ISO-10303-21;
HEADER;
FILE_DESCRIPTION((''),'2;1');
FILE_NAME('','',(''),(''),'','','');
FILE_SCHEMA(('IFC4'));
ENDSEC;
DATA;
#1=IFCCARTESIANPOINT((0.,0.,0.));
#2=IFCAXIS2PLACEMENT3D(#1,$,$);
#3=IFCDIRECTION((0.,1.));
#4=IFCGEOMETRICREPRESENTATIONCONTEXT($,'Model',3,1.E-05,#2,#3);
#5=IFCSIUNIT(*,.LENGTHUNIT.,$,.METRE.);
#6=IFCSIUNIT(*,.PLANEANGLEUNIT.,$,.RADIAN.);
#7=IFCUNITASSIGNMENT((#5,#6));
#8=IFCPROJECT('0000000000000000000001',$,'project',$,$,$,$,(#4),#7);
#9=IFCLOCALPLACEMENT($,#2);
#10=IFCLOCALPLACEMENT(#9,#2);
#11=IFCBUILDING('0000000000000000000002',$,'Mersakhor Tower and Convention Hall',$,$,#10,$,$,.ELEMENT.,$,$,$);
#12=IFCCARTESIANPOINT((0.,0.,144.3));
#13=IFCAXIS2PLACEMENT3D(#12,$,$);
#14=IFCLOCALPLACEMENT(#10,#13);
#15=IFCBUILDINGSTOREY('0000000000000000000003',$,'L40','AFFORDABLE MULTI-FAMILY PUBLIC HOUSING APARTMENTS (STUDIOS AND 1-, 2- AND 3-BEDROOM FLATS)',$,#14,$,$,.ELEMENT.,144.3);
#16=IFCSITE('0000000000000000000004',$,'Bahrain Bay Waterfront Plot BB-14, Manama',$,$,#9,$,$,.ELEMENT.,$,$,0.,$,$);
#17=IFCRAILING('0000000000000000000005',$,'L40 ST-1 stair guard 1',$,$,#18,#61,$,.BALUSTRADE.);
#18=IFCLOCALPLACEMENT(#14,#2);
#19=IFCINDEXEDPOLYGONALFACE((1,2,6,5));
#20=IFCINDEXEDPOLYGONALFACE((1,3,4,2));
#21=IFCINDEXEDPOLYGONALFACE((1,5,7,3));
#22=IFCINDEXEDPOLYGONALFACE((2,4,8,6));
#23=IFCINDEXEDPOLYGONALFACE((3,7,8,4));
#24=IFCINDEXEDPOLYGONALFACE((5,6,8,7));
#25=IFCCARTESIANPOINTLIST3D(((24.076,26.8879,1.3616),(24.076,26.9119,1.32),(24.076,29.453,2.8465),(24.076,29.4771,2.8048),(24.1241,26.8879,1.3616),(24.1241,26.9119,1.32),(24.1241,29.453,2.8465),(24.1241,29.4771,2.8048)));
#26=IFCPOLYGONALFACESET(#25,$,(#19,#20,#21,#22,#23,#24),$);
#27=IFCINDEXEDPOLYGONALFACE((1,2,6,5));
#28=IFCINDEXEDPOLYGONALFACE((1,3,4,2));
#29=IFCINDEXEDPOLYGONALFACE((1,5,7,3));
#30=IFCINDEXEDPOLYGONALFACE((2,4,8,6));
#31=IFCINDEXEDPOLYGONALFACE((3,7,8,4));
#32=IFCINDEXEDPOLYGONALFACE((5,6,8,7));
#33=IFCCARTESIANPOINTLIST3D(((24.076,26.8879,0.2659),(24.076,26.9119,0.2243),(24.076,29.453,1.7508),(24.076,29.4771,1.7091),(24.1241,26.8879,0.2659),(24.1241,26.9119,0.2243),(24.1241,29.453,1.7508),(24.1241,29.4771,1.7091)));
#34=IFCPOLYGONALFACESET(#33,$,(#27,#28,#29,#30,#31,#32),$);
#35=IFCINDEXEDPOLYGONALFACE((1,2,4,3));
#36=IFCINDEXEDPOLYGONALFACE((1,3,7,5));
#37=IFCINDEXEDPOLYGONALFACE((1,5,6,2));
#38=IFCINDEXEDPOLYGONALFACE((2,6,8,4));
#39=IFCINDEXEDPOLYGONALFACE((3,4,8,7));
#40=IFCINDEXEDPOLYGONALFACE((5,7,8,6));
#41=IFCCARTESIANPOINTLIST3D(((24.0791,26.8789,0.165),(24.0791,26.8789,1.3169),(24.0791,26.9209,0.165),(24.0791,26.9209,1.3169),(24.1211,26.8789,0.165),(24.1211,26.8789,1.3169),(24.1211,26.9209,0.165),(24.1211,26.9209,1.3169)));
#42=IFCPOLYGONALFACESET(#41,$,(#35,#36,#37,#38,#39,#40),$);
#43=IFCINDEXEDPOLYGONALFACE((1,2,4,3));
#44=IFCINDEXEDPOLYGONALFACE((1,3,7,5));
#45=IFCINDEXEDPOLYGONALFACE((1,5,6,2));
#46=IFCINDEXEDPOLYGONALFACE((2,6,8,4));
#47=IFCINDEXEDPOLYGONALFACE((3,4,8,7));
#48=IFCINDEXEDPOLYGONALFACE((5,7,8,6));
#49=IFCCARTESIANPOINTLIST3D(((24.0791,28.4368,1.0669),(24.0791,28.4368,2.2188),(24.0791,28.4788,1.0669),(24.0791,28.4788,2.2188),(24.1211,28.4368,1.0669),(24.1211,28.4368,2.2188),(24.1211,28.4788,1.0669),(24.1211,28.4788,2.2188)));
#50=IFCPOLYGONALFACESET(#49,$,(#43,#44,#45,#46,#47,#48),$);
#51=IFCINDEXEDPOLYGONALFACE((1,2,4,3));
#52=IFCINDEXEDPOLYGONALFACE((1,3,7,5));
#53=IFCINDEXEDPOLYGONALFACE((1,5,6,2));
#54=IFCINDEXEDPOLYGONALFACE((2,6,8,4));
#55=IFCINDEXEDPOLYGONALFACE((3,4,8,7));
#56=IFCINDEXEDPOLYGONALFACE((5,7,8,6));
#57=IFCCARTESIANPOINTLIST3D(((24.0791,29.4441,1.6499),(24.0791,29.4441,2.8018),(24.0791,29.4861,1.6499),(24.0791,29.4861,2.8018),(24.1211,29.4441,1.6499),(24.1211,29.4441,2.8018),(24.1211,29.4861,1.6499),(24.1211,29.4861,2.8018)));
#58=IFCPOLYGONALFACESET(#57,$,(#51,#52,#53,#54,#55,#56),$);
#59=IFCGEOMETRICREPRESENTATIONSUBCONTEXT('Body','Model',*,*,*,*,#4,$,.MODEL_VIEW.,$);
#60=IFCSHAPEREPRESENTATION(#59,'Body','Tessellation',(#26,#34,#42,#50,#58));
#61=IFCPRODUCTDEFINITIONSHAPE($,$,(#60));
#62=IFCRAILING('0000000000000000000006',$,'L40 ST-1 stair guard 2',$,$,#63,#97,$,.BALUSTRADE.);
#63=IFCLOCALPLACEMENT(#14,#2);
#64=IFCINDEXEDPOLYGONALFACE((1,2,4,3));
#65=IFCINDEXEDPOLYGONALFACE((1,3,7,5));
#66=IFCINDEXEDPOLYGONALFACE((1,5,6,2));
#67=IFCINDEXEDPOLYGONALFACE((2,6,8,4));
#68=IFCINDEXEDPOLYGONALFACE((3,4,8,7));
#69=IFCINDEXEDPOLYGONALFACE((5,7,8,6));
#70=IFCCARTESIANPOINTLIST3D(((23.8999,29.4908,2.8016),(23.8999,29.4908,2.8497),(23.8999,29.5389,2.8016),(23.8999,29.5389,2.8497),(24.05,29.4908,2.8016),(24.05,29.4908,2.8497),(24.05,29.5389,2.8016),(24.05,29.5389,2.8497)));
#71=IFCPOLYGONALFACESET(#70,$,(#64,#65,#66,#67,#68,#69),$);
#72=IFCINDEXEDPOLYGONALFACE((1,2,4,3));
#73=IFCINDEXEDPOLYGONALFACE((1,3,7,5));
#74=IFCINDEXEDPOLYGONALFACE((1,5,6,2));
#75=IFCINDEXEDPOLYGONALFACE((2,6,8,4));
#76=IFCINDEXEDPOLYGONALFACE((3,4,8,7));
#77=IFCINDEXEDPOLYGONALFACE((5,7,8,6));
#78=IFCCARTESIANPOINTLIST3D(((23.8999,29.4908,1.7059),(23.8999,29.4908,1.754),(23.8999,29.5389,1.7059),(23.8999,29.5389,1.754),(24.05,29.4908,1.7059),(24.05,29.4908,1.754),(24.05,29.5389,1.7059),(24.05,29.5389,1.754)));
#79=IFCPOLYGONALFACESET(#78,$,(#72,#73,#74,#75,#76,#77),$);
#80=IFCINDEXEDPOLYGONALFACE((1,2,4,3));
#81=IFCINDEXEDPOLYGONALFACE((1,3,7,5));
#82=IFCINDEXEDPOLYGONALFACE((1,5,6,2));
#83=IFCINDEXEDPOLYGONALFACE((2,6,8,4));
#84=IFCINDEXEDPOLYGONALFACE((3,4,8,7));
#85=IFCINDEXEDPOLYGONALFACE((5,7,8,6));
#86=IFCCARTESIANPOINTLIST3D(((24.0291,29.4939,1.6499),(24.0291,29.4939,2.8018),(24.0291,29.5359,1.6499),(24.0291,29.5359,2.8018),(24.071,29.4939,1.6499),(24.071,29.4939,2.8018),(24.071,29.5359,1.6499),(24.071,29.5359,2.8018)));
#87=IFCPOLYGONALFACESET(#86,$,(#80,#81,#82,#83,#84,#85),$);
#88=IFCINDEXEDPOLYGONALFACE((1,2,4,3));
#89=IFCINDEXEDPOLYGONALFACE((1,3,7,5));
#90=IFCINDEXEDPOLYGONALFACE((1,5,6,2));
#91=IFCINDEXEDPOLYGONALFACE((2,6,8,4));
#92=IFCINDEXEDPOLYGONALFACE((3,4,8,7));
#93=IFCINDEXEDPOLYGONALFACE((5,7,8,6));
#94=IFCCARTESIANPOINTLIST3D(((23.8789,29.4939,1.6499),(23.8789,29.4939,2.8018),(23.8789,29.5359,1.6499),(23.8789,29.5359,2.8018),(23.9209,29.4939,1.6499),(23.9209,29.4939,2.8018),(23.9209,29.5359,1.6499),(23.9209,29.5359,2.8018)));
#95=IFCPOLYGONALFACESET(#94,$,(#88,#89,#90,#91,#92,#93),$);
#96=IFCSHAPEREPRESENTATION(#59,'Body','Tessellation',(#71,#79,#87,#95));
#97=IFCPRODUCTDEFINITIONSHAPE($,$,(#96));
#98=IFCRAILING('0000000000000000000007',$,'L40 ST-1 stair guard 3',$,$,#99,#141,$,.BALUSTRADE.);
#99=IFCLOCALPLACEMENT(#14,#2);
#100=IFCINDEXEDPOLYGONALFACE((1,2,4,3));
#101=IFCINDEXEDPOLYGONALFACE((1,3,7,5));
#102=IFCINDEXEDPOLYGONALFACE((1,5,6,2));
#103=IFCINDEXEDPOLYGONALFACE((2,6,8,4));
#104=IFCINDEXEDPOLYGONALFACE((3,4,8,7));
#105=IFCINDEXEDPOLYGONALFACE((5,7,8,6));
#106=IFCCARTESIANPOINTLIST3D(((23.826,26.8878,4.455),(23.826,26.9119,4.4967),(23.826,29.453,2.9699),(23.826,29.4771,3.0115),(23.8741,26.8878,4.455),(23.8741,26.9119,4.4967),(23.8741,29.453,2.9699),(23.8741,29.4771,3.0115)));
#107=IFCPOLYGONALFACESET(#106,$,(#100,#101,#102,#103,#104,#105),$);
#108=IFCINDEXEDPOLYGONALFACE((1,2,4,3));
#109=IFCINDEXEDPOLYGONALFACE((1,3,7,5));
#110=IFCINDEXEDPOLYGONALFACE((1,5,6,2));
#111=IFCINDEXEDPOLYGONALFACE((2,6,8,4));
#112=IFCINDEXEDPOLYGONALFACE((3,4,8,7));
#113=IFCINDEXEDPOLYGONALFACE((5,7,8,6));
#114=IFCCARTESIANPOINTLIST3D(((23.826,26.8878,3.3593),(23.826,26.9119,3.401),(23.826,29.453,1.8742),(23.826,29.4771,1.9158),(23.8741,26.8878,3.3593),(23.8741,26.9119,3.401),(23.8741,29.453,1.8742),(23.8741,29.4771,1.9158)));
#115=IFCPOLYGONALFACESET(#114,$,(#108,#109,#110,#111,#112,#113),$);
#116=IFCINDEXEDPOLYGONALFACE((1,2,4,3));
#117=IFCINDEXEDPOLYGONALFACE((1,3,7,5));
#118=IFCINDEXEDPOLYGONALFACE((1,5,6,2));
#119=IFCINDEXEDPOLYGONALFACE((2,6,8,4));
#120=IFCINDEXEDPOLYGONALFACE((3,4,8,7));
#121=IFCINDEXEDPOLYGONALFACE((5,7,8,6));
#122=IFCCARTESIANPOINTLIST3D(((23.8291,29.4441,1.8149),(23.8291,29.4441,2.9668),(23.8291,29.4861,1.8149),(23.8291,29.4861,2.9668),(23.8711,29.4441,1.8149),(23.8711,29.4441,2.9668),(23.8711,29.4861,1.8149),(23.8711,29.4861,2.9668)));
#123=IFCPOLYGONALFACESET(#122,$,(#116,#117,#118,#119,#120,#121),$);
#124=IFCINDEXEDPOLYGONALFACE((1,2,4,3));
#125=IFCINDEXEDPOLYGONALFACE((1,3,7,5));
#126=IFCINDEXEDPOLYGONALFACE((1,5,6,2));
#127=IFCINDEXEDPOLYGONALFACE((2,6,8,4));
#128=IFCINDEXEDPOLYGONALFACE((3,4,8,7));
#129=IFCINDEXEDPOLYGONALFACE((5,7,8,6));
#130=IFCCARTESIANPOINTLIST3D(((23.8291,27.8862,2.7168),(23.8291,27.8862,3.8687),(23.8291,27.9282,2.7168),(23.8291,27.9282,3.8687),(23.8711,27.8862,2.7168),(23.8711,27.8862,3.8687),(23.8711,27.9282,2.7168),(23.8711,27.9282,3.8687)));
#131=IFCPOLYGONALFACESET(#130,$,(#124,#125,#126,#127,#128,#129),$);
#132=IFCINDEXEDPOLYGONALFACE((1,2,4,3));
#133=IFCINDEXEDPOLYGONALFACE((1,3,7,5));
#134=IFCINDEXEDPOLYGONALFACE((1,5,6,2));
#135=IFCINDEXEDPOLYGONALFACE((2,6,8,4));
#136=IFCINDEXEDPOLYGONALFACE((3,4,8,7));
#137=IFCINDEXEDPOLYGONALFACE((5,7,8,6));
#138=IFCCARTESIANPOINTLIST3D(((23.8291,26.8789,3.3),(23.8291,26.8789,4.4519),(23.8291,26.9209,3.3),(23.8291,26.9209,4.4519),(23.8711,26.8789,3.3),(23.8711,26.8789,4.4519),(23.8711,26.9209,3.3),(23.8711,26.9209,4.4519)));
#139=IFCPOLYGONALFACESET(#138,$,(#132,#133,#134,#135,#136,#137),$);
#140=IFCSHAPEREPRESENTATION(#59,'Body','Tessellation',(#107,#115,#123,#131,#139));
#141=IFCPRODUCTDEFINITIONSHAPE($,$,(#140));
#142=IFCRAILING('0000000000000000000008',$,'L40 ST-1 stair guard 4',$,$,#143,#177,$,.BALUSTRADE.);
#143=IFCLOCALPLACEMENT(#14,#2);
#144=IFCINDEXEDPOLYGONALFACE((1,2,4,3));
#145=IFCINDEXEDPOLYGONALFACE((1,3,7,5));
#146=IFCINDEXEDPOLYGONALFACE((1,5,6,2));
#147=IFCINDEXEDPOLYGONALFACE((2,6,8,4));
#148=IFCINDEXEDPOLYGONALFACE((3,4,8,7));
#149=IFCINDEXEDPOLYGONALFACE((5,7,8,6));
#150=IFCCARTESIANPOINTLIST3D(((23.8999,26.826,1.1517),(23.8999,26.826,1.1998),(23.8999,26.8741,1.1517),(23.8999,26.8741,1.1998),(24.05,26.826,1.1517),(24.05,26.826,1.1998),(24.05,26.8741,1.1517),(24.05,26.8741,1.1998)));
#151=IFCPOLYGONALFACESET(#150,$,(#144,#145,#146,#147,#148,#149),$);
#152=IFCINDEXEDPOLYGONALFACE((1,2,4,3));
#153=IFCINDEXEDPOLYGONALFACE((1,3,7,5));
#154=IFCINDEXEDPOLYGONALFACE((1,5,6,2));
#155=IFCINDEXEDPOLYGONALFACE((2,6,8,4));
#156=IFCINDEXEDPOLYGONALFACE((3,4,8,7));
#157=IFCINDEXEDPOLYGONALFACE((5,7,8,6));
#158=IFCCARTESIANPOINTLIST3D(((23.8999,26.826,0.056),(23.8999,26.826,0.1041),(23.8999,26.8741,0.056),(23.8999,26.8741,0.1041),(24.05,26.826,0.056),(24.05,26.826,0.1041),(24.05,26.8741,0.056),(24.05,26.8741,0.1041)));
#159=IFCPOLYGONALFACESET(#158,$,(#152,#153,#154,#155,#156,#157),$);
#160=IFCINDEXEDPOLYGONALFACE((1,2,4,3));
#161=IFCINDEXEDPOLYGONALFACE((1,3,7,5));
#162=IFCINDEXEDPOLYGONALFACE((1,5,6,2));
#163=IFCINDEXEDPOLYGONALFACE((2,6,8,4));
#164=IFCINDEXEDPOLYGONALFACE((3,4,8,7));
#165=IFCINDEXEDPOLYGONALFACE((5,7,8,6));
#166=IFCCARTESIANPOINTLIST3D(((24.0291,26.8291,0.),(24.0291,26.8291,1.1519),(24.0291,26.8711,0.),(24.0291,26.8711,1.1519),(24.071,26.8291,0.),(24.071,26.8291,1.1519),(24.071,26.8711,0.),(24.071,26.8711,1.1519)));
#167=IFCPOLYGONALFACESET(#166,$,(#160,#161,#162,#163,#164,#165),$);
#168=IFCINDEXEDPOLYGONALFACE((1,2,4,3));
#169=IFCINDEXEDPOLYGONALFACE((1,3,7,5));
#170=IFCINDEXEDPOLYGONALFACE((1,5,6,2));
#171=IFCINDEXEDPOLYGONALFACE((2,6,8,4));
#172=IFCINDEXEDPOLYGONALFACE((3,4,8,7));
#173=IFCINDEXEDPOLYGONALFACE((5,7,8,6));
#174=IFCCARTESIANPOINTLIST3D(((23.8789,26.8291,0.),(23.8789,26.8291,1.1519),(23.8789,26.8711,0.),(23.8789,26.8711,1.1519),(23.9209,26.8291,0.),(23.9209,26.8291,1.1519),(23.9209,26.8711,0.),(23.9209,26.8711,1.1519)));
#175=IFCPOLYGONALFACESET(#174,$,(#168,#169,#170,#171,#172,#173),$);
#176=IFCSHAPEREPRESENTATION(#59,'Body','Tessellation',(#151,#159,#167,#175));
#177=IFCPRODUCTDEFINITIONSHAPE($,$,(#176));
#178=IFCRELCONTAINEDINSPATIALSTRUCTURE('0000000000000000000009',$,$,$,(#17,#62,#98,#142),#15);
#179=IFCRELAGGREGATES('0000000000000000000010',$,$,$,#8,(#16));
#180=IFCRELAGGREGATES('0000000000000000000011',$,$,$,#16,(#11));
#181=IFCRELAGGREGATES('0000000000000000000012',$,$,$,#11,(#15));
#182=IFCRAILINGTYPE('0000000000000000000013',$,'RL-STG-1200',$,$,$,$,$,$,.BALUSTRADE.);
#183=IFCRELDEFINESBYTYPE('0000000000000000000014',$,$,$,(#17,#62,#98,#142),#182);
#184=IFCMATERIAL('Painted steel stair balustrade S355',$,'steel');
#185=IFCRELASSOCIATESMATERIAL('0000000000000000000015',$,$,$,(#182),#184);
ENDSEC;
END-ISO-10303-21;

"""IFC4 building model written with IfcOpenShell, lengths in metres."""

from ifc_helpers import new_model, si_unit, direction, frame, origin, origin_2d, place, context, subcontext, project, spatial, rectangle, extrude, material, type_object, element, save


model = new_model("IFC4")

# Units and contexts
model_context = context("Model", 3, precision=1e-05, world=origin(), true_north=direction((0.0, 1.0)))
body_context = subcontext(model_context, "Body", "Model", "MODEL_VIEW")
ifc_project = project(units=[si_unit("LENGTHUNIT", "METRE"), si_unit("PLANEANGLEUNIT", "RADIAN")], contexts=[model_context])

# Site, building, storey
site_placement = place(None, origin())
site = spatial("IfcSite", under=ifc_project, at=site_placement, Name="Bahrain Bay Waterfront Plot BB-14, Manama", CompositionType="ELEMENT", RefElevation=0.0)
building_placement = place(site_placement, origin())
building = spatial("IfcBuilding", under=site, at=building_placement, Name="Mersakhor Tower and Convention Hall", CompositionType="ELEMENT")
storey_placement = place(building_placement, frame((0.0, 0.0, 144.3)))
storey = spatial("IfcBuildingStorey", under=building, at=storey_placement, Name="L40", Description="AFFORDABLE MULTI-FAMILY PUBLIC HOUSING APARTMENTS (STUDIOS AND 1-, 2- AND 3-BEDROOM FLATS)", CompositionType="ELEMENT", Elevation=144.3)

# Railings
ifc_material_1 = material(Name="Painted steel stair balustrade S355", Category="steel")
railing_type_1 = type_object("IfcRailingType", Name="RL-STG-1200", PredefinedType="BALUSTRADE", material=ifc_material_1)
railing_1_placement = place(storey_placement, frame((24.1001, 26.8999, 0.165)))
element("IfcRailing", 1, at=railing_1_placement, inside=storey, type_object=railing_type_1, Name="L40 ST-1 stair guard 1", PredefinedType="BALUSTRADE", context=body_context, shape_type="SweptSolid", body=[
    extrude(rectangle(XDim=0.0481, YDim=0.0481, at=origin_2d()), frame((0.0, 0.0, 1.1758), z_axis=(0.0, 0.865462, 0.500975), x_axis=(-1.0, 0.0, 0.0)), (0.0, 0.0, 1.0), 2.9639),
    extrude(rectangle(XDim=0.0481, YDim=0.0481, at=origin_2d()), frame((0.0, 0.0, 0.0801), z_axis=(0.0, 0.865462, 0.500975), x_axis=(-1.0, 0.0, 0.0)), (0.0, 0.0, 1.0), 2.9639),
    extrude(rectangle(XDim=0.042, YDim=0.042, at=origin_2d()), origin(), (0.0, 0.0, 1.0), 1.1519),
    extrude(rectangle(XDim=0.042, YDim=0.042, at=origin_2d()), frame((0.0, 1.5579, 0.9019)), (0.0, 0.0, 1.0), 1.1519),
    extrude(rectangle(XDim=0.042, YDim=0.042, at=origin_2d()), frame((0.0, 2.5652, 1.4849)), (0.0, 0.0, 1.0), 1.1519),
])
railing_2_placement = place(storey_placement, frame((24.05, 29.5149, 1.6499)))
element("IfcRailing", 2, at=railing_2_placement, inside=storey, type_object=railing_type_1, Name="L40 ST-1 stair guard 2", PredefinedType="BALUSTRADE", context=body_context, shape_type="SweptSolid", body=[
    extrude(rectangle(XDim=0.0481, YDim=0.0481, at=origin_2d()), frame((0.0, 0.0, 1.1758), z_axis=(-1.0, 0.0, 0.0), x_axis=(0.0, -1.0, 0.0)), (0.0, 0.0, 1.0), 0.1501),
    extrude(rectangle(XDim=0.0481, YDim=0.0481, at=origin_2d()), frame((0.0, 0.0, 0.0801), z_axis=(-1.0, 0.0, 0.0), x_axis=(0.0, -1.0, 0.0)), (0.0, 0.0, 1.0), 0.1501),
    extrude(rectangle(XDim=0.042, YDim=0.042, at=origin_2d()), origin(), (0.0, 0.0, 1.0), 1.1519),
    extrude(rectangle(XDim=0.042, YDim=0.042, at=origin_2d()), frame((-0.1501, 0.0, 0.0)), (0.0, 0.0, 1.0), 1.1519),
])
railing_3_placement = place(storey_placement, frame((23.8501, 29.4651, 1.8149)))
element("IfcRailing", 3, at=railing_3_placement, inside=storey, type_object=railing_type_1, Name="L40 ST-1 stair guard 3", PredefinedType="BALUSTRADE", context=body_context, shape_type="SweptSolid", body=[
    extrude(rectangle(XDim=0.0481, YDim=0.0481, at=origin_2d()), frame((0.0, 0.0, 1.1758), z_axis=(0.0, -0.865426, 0.501036), x_axis=(1.0, 0.0, 0.0)), (0.0, 0.0, 1.0), 2.9641),
    extrude(rectangle(XDim=0.0481, YDim=0.0481, at=origin_2d()), frame((0.0, 0.0, 0.0801), z_axis=(0.0, -0.865426, 0.501036), x_axis=(1.0, 0.0, 0.0)), (0.0, 0.0, 1.0), 2.9641),
    extrude(rectangle(XDim=0.042, YDim=0.042, at=origin_2d()), origin(), (0.0, 0.0, 1.0), 1.1519),
    extrude(rectangle(XDim=0.042, YDim=0.042, at=origin_2d()), frame((0.0, -1.5579, 0.9019)), (0.0, 0.0, 1.0), 1.1519),
    extrude(rectangle(XDim=0.042, YDim=0.042, at=origin_2d()), frame((0.0, -2.5652, 1.4851)), (0.0, 0.0, 1.0), 1.1519),
])
railing_4_placement = place(storey_placement, frame((24.05, 26.8501, 0.0)))
element("IfcRailing", 4, at=railing_4_placement, inside=storey, type_object=railing_type_1, Name="L40 ST-1 stair guard 4", PredefinedType="BALUSTRADE", context=body_context, shape_type="SweptSolid", body=[
    extrude(rectangle(XDim=0.0481, YDim=0.0481, at=origin_2d()), frame((0.0, 0.0, 1.1758), z_axis=(-1.0, 0.0, 0.0), x_axis=(0.0, -1.0, 0.0)), (0.0, 0.0, 1.0), 0.1501),
    extrude(rectangle(XDim=0.0481, YDim=0.0481, at=origin_2d()), frame((0.0, 0.0, 0.0801), z_axis=(-1.0, 0.0, 0.0), x_axis=(0.0, -1.0, 0.0)), (0.0, 0.0, 1.0), 0.1501),
    extrude(rectangle(XDim=0.042, YDim=0.042, at=origin_2d()), origin(), (0.0, 0.0, 1.0), 1.1519),
    extrude(rectangle(XDim=0.042, YDim=0.042, at=origin_2d()), frame((-0.1501, 0.0, 0.0)), (0.0, 0.0, 1.0), 1.1519),
])

save(model, "model.ifc")
